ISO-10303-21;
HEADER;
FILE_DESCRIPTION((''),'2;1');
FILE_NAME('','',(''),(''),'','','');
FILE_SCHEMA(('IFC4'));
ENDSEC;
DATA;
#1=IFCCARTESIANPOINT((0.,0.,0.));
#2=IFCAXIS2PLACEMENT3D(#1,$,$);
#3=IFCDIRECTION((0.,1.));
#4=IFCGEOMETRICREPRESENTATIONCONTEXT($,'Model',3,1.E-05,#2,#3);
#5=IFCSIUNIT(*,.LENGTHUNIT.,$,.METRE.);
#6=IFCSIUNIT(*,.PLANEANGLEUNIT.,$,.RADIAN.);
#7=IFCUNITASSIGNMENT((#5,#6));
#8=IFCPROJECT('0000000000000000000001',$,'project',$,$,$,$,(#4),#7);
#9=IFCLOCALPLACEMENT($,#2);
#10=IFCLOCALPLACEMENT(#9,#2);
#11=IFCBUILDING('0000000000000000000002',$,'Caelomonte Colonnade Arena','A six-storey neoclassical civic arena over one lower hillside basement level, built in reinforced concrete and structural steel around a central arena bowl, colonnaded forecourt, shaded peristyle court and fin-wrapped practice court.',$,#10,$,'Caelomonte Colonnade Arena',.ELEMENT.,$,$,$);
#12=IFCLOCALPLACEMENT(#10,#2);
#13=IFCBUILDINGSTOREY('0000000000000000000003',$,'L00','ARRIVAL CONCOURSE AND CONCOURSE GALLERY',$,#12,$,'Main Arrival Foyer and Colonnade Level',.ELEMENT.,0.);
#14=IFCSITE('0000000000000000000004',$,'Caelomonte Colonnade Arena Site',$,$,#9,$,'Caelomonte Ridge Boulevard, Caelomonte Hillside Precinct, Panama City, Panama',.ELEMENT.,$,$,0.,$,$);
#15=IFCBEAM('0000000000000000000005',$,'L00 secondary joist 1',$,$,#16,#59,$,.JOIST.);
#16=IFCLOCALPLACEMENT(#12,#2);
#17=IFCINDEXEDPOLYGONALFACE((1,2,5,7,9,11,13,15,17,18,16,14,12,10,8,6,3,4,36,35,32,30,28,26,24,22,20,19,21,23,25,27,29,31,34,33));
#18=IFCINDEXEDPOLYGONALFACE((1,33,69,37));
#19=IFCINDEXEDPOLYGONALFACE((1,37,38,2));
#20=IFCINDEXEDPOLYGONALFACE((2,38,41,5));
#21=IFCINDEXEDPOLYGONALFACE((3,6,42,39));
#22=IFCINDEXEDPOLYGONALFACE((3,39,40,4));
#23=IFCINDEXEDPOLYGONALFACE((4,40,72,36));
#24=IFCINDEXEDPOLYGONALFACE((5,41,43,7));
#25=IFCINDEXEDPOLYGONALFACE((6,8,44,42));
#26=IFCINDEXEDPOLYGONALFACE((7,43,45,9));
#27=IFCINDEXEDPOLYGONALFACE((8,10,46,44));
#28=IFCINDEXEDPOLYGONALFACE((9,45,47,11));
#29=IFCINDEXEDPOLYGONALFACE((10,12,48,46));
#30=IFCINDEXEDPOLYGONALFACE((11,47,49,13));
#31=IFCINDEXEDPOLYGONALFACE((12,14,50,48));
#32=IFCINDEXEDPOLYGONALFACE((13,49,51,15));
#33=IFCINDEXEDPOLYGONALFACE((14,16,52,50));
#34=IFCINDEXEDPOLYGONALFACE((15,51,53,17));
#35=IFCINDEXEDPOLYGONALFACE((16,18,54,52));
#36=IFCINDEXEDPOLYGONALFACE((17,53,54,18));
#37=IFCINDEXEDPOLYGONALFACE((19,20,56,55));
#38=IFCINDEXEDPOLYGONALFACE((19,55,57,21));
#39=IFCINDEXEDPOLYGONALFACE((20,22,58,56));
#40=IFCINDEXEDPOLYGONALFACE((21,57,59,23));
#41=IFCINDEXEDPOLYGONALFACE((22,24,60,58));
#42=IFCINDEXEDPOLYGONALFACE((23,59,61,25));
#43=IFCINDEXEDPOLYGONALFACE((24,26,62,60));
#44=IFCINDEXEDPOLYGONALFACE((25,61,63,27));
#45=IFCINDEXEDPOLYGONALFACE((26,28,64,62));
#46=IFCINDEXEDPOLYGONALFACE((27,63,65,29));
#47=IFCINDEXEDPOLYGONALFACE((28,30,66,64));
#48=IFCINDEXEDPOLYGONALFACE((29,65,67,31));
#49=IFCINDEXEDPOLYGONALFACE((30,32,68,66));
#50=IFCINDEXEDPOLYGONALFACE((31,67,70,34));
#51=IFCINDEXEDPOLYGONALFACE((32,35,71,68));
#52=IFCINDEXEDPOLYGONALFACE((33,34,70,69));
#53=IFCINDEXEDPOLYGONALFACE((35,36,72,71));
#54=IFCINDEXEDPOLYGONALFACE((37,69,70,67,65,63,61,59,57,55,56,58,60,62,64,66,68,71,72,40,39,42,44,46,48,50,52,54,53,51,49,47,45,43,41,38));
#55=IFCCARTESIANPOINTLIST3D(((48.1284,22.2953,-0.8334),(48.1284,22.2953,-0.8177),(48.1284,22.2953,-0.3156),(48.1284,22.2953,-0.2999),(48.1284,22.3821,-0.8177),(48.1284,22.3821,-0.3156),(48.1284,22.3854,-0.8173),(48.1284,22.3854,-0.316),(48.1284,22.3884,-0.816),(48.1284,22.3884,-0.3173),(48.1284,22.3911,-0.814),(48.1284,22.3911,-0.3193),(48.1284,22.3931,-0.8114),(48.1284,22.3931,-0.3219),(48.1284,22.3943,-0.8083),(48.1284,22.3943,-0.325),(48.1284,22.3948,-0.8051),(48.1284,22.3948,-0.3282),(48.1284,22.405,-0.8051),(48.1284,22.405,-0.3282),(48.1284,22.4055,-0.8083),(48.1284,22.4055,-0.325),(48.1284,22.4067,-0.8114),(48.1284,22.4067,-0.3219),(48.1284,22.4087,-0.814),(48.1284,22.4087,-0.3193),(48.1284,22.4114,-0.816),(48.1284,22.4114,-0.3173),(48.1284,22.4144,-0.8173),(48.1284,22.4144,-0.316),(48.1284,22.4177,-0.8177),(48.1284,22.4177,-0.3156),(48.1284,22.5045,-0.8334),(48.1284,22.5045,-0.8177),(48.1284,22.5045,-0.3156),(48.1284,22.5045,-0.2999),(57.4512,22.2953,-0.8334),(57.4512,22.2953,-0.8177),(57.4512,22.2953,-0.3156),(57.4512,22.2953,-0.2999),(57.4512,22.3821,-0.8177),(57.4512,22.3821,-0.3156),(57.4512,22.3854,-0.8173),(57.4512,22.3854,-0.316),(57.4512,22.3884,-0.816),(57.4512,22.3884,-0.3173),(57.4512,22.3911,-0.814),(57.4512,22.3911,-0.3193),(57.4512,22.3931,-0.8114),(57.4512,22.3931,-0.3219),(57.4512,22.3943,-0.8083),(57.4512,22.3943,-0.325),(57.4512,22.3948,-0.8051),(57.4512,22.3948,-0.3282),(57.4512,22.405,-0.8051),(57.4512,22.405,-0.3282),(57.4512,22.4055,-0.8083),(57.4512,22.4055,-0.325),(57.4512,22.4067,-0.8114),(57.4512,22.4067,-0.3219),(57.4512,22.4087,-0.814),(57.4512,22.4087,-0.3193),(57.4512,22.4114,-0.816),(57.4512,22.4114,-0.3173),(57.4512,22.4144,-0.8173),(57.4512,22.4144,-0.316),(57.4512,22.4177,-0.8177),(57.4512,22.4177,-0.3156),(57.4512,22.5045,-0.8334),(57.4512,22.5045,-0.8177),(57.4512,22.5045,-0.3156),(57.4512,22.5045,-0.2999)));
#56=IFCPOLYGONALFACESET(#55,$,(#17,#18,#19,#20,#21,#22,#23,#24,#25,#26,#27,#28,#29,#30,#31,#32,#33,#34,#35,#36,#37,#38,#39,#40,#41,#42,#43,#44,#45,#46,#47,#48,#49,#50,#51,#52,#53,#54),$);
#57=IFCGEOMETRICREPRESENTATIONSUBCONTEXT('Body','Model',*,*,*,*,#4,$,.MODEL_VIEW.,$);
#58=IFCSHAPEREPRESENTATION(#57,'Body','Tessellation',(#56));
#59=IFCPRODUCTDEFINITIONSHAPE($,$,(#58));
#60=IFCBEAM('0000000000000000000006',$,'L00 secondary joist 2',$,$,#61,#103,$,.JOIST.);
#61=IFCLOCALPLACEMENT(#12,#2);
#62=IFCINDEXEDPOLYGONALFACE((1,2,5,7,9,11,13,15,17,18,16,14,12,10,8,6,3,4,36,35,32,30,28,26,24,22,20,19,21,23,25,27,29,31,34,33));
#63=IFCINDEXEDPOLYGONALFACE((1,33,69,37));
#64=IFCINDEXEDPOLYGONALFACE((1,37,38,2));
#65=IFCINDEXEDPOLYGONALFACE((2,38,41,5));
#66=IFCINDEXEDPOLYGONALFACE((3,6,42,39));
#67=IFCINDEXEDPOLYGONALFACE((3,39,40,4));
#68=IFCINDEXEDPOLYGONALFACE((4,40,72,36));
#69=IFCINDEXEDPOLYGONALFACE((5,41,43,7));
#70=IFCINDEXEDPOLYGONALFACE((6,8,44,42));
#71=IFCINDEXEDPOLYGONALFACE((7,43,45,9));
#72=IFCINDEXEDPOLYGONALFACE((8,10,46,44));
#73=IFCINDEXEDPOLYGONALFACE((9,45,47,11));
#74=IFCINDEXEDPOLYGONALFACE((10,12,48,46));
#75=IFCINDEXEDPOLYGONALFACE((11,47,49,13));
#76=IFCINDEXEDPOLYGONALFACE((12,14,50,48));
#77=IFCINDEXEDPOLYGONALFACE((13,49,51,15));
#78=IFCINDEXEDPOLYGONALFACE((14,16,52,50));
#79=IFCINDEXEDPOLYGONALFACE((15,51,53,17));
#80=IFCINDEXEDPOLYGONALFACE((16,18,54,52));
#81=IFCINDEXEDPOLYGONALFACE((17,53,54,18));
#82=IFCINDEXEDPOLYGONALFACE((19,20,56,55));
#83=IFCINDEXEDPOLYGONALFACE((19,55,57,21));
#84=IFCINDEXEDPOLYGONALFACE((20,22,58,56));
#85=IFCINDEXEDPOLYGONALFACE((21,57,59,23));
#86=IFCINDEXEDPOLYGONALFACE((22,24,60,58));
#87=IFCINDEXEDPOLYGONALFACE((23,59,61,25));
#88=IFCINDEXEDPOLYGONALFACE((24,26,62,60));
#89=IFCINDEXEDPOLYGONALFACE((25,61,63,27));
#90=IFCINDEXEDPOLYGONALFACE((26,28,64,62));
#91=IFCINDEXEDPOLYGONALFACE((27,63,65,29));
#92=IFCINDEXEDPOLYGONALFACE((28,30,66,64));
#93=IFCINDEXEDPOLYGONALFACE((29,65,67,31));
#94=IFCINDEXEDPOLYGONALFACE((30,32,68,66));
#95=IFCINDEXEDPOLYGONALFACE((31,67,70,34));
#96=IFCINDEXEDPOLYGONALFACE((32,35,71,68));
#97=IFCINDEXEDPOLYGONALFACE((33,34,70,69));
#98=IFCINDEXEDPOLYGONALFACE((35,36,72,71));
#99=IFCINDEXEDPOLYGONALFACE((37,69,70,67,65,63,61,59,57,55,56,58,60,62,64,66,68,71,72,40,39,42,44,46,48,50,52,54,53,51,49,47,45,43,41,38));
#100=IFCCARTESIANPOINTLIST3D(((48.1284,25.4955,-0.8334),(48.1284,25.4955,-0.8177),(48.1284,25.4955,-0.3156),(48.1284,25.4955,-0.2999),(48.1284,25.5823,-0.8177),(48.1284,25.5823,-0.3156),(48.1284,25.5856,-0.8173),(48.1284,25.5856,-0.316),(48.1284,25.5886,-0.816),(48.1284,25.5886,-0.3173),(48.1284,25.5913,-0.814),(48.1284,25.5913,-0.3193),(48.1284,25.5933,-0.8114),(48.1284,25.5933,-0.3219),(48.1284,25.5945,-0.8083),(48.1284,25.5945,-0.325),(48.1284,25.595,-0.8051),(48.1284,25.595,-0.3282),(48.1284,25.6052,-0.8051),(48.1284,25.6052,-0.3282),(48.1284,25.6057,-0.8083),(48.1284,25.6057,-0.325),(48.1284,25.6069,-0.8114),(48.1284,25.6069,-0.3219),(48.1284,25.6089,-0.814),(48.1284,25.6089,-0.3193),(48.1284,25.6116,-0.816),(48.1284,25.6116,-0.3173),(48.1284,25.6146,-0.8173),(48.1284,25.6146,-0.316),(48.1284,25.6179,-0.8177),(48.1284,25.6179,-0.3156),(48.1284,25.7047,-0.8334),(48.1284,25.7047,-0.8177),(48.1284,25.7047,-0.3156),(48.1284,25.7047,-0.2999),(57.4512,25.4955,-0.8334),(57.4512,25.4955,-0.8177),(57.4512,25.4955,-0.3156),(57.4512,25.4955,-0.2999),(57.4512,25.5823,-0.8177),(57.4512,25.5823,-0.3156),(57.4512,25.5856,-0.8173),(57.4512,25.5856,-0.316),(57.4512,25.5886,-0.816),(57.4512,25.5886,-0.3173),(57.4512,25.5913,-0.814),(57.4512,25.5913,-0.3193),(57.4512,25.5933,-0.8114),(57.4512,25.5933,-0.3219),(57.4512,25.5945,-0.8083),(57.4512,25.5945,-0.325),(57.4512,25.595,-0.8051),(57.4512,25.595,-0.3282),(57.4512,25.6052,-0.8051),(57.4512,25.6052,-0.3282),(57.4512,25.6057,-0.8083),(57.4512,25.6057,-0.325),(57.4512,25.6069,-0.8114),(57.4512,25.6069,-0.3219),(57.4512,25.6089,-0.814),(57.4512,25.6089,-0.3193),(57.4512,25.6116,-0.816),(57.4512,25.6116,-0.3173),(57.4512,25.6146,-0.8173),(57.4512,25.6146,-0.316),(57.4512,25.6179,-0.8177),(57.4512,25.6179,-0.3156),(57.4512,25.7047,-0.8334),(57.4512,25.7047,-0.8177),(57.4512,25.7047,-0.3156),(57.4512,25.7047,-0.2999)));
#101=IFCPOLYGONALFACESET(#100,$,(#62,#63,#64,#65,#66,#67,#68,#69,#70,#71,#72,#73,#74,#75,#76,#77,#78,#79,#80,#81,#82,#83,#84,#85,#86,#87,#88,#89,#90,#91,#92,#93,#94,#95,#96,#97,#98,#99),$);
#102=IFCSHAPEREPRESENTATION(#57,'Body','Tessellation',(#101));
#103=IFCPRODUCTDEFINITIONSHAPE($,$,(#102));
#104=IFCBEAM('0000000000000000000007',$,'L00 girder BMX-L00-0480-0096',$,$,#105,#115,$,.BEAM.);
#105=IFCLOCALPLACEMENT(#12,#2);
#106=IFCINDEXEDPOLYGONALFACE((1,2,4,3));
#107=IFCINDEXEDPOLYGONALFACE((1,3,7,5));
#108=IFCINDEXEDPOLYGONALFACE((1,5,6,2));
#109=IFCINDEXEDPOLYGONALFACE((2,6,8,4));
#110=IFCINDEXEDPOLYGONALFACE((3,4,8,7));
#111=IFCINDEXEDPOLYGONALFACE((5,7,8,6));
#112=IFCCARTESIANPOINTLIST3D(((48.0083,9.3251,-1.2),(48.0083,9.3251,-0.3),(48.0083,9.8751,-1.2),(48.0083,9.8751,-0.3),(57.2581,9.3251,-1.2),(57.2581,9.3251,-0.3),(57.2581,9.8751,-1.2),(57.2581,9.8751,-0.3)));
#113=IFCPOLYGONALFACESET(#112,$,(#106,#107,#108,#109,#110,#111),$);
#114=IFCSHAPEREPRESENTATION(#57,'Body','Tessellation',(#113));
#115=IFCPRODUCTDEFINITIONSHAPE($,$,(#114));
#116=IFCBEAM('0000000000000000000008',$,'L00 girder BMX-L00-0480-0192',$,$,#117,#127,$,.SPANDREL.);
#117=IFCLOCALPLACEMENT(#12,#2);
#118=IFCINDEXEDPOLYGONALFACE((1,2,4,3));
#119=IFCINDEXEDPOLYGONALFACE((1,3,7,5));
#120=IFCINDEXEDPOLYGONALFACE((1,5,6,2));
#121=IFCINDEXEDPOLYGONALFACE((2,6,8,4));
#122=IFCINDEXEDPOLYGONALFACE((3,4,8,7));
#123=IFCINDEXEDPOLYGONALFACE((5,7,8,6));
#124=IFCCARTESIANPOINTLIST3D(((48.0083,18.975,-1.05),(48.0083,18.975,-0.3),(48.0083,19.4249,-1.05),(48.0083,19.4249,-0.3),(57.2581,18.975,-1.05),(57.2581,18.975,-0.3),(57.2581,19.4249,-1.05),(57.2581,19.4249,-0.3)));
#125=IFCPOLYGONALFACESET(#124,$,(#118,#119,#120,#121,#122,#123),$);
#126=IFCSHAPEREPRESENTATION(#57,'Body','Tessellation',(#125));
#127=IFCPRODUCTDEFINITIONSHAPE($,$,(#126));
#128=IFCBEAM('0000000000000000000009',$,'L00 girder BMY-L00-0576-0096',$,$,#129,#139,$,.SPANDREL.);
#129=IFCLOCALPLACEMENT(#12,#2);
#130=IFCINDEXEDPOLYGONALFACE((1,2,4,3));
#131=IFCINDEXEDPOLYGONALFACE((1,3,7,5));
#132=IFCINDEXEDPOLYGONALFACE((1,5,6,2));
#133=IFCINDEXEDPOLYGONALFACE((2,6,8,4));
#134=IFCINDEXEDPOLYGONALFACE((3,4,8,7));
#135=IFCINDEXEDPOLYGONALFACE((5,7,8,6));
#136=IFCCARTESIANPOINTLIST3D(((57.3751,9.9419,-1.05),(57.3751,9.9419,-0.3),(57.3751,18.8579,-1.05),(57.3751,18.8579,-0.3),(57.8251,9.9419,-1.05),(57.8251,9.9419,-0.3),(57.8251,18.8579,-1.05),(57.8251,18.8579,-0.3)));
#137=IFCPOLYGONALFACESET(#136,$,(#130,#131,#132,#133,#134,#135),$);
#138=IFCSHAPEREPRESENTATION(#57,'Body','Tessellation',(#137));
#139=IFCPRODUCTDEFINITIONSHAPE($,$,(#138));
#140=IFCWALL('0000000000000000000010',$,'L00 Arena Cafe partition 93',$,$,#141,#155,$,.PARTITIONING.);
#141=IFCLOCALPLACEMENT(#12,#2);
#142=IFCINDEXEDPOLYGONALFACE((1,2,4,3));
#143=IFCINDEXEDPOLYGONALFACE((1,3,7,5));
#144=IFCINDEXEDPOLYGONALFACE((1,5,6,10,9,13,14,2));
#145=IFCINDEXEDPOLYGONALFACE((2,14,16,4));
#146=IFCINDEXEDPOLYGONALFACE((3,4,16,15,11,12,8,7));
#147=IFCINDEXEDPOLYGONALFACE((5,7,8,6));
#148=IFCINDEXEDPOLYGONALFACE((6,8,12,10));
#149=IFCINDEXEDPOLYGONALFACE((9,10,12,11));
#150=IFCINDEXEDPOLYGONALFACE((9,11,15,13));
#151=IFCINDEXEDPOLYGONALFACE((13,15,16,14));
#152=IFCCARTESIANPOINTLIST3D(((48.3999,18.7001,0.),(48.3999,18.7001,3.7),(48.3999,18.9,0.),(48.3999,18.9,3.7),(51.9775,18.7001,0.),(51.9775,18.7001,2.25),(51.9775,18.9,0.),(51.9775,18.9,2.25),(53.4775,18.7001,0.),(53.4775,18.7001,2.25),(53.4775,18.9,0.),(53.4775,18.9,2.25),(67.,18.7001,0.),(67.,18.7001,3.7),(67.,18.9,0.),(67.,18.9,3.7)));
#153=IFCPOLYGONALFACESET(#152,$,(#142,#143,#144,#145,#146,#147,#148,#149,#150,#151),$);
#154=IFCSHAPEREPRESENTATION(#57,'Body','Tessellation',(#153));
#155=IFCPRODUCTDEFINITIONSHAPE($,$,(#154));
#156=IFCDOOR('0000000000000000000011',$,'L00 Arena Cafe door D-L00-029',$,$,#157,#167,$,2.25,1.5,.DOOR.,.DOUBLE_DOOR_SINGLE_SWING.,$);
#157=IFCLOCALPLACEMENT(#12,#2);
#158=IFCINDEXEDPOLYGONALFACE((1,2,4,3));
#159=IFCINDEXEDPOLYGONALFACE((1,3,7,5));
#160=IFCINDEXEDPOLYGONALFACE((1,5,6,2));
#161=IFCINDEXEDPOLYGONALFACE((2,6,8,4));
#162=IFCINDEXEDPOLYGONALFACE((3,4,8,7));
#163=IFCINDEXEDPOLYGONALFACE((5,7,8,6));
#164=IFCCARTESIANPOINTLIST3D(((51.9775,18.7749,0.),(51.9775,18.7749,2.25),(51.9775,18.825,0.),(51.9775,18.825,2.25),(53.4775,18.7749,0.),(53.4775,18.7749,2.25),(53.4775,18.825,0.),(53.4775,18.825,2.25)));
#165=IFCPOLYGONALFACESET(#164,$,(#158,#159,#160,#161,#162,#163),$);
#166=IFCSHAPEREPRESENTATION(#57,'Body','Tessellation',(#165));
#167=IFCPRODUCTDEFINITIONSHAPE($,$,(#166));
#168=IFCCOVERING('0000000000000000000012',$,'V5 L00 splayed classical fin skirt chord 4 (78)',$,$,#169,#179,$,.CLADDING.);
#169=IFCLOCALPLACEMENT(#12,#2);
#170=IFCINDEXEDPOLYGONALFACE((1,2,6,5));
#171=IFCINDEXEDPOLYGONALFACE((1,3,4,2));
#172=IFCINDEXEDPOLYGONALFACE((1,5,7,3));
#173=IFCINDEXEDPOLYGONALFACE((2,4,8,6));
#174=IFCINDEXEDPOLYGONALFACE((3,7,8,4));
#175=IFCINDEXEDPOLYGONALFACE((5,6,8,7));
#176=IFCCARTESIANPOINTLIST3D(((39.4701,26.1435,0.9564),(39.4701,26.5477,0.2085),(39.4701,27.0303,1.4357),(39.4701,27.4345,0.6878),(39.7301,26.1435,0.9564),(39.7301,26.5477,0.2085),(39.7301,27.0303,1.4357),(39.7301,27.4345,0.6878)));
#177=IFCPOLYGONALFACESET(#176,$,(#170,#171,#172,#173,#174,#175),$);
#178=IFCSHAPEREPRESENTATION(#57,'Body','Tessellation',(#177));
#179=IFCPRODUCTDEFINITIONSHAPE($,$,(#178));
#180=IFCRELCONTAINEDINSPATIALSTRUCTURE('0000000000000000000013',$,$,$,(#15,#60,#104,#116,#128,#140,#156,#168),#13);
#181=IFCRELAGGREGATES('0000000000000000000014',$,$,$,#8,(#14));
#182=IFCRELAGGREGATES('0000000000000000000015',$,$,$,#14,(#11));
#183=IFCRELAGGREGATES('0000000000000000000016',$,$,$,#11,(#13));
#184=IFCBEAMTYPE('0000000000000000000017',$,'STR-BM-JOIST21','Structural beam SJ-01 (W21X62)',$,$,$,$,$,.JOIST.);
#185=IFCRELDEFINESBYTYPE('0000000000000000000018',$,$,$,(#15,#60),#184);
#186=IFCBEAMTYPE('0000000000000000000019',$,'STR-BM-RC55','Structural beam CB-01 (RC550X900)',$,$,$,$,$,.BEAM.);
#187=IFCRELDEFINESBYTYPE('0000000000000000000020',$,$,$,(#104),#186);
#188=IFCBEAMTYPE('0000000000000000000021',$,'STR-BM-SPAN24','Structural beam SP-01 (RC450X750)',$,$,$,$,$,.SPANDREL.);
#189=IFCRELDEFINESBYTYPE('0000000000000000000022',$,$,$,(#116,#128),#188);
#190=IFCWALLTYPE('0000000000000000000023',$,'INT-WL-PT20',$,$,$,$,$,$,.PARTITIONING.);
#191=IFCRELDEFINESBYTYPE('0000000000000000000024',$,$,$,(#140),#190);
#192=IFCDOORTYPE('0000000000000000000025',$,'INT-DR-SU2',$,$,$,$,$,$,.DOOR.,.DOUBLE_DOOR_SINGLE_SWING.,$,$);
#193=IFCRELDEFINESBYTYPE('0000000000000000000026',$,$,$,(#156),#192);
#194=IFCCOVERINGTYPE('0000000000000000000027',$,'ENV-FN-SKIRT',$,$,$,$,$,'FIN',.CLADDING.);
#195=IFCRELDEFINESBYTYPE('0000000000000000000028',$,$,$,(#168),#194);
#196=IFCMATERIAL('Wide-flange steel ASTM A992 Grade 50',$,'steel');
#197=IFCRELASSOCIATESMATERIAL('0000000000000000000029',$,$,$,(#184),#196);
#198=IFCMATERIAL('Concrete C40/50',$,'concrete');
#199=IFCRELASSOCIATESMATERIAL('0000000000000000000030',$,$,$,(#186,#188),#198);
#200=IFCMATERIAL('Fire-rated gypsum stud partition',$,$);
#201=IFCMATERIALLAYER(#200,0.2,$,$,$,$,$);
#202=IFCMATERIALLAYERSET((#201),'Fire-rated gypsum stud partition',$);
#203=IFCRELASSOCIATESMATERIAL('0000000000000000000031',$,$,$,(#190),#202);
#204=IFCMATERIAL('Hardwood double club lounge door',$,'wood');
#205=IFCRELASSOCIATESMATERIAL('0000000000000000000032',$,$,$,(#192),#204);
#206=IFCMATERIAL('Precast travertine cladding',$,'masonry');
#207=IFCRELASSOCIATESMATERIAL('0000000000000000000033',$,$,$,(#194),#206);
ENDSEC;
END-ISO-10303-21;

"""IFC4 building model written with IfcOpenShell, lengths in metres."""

from ifc_helpers import new_model, si_unit, direction, frame, frame_2d, origin, origin_2d, place, context, subcontext, project, spatial, rectangle, i_section, extrude, material, layer, layer_set, material_profile, profile_set, type_object, element, fill, save


model = new_model("IFC4")

# Units and contexts
model_context = context("Model", 3, precision=1e-05, world=origin(), true_north=direction((0.0, 1.0)))
body_context = subcontext(model_context, "Body", "Model", "MODEL_VIEW")
ifc_project = project(units=[si_unit("LENGTHUNIT", "METRE"), si_unit("PLANEANGLEUNIT", "RADIAN")], contexts=[model_context])

# Site, building, storey
site_placement = place(None, origin())
site = spatial("IfcSite", under=ifc_project, at=site_placement, Name="Caelomonte Colonnade Arena Site", LongName="Caelomonte Ridge Boulevard, Caelomonte Hillside Precinct, Panama City, Panama", CompositionType="ELEMENT", RefElevation=0.0)
building_placement = place(site_placement, origin())
building = spatial("IfcBuilding", under=site, at=building_placement, Name="Caelomonte Colonnade Arena", Description="A six-storey neoclassical civic arena over one lower hillside basement level, built in reinforced concrete and structural steel around a central arena bowl, colonnaded forecourt, shaded peristyle court and fin-wrapped practice court.", LongName="Caelomonte Colonnade Arena", CompositionType="ELEMENT")
storey_placement = place(building_placement, origin())
storey = spatial("IfcBuildingStorey", under=building, at=storey_placement, Name="L00", Description="ARRIVAL CONCOURSE AND CONCOURSE GALLERY", LongName="Main Arrival Foyer and Colonnade Level", CompositionType="ELEMENT", Elevation=0.0)

# Shared definitions
ifc_material_1 = material(Name="Concrete C40/50", Category="concrete")
ifc_material_2 = material(Name="Wide-flange steel ASTM A992 Grade 50", Category="steel")

# Beams
ifc_material_profile_1 = material_profile(ifc_material_2, i_section(OverallWidth=0.2092, OverallDepth=0.5334, WebThickness=0.0103, FlangeThickness=0.0156, FilletRadius=0.0127, at=origin_2d()), Name="W21X62")
ifc_profile_set_1 = profile_set([ifc_material_profile_1], Name="Wide-flange steel ASTM A992 Grade 50")
beam_type_1 = type_object("IfcBeamType", Name="STR-BM-JOIST21", Description="Structural beam SJ-01 (W21X62)", PredefinedType="JOIST", material=ifc_profile_set_1)
for number, where, z_axis, x_axis, name in (
    (1, (48.1284, 22.3999, -0.5667), (1.0, 0.0, 0.0), (0.0, 1.0, 0.0), "L00 secondary joist 1"),
    (2, (48.1284, 25.6001, -0.5667), (1.0, 0.0, 0.0), (0.0, 1.0, 0.0), "L00 secondary joist 2"),
):
    element("IfcBeam", number, at=place(storey_placement, frame(where, z_axis=z_axis, x_axis=x_axis)), inside=storey, type_object=beam_type_1, Name=name, PredefinedType="JOIST", context=body_context, shape_type="SweptSolid", body=[
        extrude(i_section(OverallWidth=0.2092, OverallDepth=0.5334, WebThickness=0.0103, FlangeThickness=0.0156, FilletRadius=0.0127, at=origin_2d()), origin(), (0.0, 0.0, 1.0), 9.3228),
    ])
ifc_material_profile_2 = material_profile(ifc_material_1, rectangle(XDim=0.55, YDim=0.8999, at=origin_2d()), Name="RC550X900")
ifc_profile_set_2 = profile_set([ifc_material_profile_2], Name="Concrete C40/50")
beam_type_2 = type_object("IfcBeamType", Name="STR-BM-RC55", Description="Structural beam CB-01 (RC550X900)", PredefinedType="BEAM", material=ifc_profile_set_2)
beam_1_placement = place(storey_placement, frame((48.0083, 9.6001, -0.75), z_axis=(1.0, 0.0, 0.0), x_axis=(0.0, 1.0, 0.0)))
element("IfcBeam", 3, at=beam_1_placement, inside=storey, type_object=beam_type_2, Name="L00 girder BMX-L00-0480-0096", PredefinedType="BEAM", context=body_context, shape_type="SweptSolid", body=[
    extrude(rectangle(XDim=0.55, YDim=0.8999, at=origin_2d()), origin(), (0.0, 0.0, 1.0), 9.2498),
])
ifc_material_profile_3 = material_profile(ifc_material_1, rectangle(XDim=0.45, YDim=0.75, at=origin_2d()), Name="RC450X750")
ifc_profile_set_3 = profile_set([ifc_material_profile_3], Name="Concrete C40/50")
beam_type_3 = type_object("IfcBeamType", Name="STR-BM-SPAN24", Description="Structural beam SP-01 (RC450X750)", PredefinedType="SPANDREL", material=ifc_profile_set_3)
beam_2_placement = place(storey_placement, frame((48.0083, 19.2, -0.675), z_axis=(1.0, 0.0, 0.0), x_axis=(0.0, 1.0, 0.0)))
element("IfcBeam", 4, at=beam_2_placement, inside=storey, type_object=beam_type_3, Name="L00 girder BMX-L00-0480-0192", PredefinedType="SPANDREL", context=body_context, shape_type="SweptSolid", body=[
    extrude(rectangle(XDim=0.45, YDim=0.75, at=origin_2d()), origin(), (0.0, 0.0, 1.0), 9.2498),
])
beam_3_placement = place(storey_placement, frame((57.6001, 9.9419, -0.675), z_axis=(0.0, 1.0, 0.0), x_axis=(-1.0, 0.0, 0.0)))
element("IfcBeam", 5, at=beam_3_placement, inside=storey, type_object=beam_type_3, Name="L00 girder BMY-L00-0576-0096", PredefinedType="SPANDREL", context=body_context, shape_type="SweptSolid", body=[
    extrude(rectangle(XDim=0.45, YDim=0.75, at=origin_2d()), origin(), (0.0, 0.0, 1.0), 8.916),
])

# Wall, opening, door
ifc_material_3 = material(Name="Fire-rated gypsum stud partition")
ifc_layer_1 = layer(ifc_material_3, 0.2)
ifc_layer_set_1 = layer_set([ifc_layer_1], Name="Fire-rated gypsum stud partition")
wall_type_1 = type_object("IfcWallType", Name="INT-WL-PT20", PredefinedType="PARTITIONING", material=ifc_layer_set_1)
wall_1_placement = place(storey_placement, frame((48.3999, 18.8, 0.0), z_axis=(0.0, 0.0, 1.0), x_axis=(1.0, 0.0, 0.0)))
wall_1 = element("IfcWall", 6, at=wall_1_placement, inside=storey, type_object=wall_type_1, Name="L00 Arena Cafe partition 93", PredefinedType="PARTITIONING", context=body_context, shape_type="SweptSolid", body=[
    extrude(rectangle(XDim=18.6001, YDim=0.2, at=frame_2d((9.3, 0.0))), origin(), (0.0, 0.0, 1.0), 3.7),
])
opening_1_placement = place(wall_1_placement, frame((3.5776, 0.0, 0.0), z_axis=(0.0, 0.0, 1.0), x_axis=(1.0, 0.0, 0.0)))
opening_1 = element("IfcOpeningElement", 7, at=opening_1_placement, cuts=wall_1, PredefinedType="OPENING", context=body_context, shape_type="SweptSolid", body=[
    extrude(rectangle(XDim=1.5, YDim=2.25, at=frame_2d((0.75, 1.125))), frame((0.0, 0.1099, 0.0), z_axis=(0.0, -1.0, 0.0), x_axis=(1.0, 0.0, 0.0)), (0.0, 0.0, 1.0), 0.22),
])
ifc_material_4 = material(Name="Hardwood double club lounge door", Category="wood")
door_type_1 = type_object("IfcDoorType", Name="INT-DR-SU2", OperationType="DOUBLE_DOOR_SINGLE_SWING", PredefinedType="DOOR", material=ifc_material_4)
door_1_placement = place(opening_1_placement, origin())
door_1 = element("IfcDoor", 8, at=door_1_placement, inside=storey, type_object=door_type_1, Name="L00 Arena Cafe door D-L00-029", OperationType="DOUBLE_DOOR_SINGLE_SWING", OverallHeight=2.25, OverallWidth=1.5, PredefinedType="DOOR", context=body_context, shape_type="SweptSolid", body=[
    extrude(rectangle(XDim=1.5, YDim=2.25, at=frame_2d((0.75, 1.125))), frame((0.0, 0.0249, 0.0), z_axis=(0.0, -1.0, 0.0), x_axis=(1.0, 0.0, 0.0)), (0.0, 0.0, 1.0), 0.05),
])
fill(opening_1, door_1)

# Covering
ifc_material_5 = material(Name="Precast travertine cladding", Category="masonry")
ifc_material_profile_4 = material_profile(ifc_material_5, rectangle(XDim=0.26, YDim=0.8501, at=origin_2d()), Name="FIN260X850")
ifc_profile_set_4 = profile_set([ifc_material_profile_4], Name="Precast travertine cladding")
covering_type = type_object("IfcCoveringType", Name="ENV-FN-SKIRT", ElementType="FIN", PredefinedType="CLADDING", material=ifc_profile_set_4)
covering_1_placement = place(storey_placement, frame((39.6001, 27.2324, 1.0618), z_axis=(0.0, -0.879731, -0.475471), x_axis=(-1.0, 0.0, 0.0)))
element("IfcCovering", 9, at=covering_1_placement, inside=storey, type_object=covering_type, Name="V5 L00 splayed classical fin skirt chord 4 (78)", PredefinedType="CLADDING", context=body_context, shape_type="SweptSolid", body=[
    extrude(rectangle(XDim=0.26, YDim=0.8501, at=origin_2d()), origin(), (0.0, 0.0, 1.0), 1.0081),
])

save(model, "model.ifc")
